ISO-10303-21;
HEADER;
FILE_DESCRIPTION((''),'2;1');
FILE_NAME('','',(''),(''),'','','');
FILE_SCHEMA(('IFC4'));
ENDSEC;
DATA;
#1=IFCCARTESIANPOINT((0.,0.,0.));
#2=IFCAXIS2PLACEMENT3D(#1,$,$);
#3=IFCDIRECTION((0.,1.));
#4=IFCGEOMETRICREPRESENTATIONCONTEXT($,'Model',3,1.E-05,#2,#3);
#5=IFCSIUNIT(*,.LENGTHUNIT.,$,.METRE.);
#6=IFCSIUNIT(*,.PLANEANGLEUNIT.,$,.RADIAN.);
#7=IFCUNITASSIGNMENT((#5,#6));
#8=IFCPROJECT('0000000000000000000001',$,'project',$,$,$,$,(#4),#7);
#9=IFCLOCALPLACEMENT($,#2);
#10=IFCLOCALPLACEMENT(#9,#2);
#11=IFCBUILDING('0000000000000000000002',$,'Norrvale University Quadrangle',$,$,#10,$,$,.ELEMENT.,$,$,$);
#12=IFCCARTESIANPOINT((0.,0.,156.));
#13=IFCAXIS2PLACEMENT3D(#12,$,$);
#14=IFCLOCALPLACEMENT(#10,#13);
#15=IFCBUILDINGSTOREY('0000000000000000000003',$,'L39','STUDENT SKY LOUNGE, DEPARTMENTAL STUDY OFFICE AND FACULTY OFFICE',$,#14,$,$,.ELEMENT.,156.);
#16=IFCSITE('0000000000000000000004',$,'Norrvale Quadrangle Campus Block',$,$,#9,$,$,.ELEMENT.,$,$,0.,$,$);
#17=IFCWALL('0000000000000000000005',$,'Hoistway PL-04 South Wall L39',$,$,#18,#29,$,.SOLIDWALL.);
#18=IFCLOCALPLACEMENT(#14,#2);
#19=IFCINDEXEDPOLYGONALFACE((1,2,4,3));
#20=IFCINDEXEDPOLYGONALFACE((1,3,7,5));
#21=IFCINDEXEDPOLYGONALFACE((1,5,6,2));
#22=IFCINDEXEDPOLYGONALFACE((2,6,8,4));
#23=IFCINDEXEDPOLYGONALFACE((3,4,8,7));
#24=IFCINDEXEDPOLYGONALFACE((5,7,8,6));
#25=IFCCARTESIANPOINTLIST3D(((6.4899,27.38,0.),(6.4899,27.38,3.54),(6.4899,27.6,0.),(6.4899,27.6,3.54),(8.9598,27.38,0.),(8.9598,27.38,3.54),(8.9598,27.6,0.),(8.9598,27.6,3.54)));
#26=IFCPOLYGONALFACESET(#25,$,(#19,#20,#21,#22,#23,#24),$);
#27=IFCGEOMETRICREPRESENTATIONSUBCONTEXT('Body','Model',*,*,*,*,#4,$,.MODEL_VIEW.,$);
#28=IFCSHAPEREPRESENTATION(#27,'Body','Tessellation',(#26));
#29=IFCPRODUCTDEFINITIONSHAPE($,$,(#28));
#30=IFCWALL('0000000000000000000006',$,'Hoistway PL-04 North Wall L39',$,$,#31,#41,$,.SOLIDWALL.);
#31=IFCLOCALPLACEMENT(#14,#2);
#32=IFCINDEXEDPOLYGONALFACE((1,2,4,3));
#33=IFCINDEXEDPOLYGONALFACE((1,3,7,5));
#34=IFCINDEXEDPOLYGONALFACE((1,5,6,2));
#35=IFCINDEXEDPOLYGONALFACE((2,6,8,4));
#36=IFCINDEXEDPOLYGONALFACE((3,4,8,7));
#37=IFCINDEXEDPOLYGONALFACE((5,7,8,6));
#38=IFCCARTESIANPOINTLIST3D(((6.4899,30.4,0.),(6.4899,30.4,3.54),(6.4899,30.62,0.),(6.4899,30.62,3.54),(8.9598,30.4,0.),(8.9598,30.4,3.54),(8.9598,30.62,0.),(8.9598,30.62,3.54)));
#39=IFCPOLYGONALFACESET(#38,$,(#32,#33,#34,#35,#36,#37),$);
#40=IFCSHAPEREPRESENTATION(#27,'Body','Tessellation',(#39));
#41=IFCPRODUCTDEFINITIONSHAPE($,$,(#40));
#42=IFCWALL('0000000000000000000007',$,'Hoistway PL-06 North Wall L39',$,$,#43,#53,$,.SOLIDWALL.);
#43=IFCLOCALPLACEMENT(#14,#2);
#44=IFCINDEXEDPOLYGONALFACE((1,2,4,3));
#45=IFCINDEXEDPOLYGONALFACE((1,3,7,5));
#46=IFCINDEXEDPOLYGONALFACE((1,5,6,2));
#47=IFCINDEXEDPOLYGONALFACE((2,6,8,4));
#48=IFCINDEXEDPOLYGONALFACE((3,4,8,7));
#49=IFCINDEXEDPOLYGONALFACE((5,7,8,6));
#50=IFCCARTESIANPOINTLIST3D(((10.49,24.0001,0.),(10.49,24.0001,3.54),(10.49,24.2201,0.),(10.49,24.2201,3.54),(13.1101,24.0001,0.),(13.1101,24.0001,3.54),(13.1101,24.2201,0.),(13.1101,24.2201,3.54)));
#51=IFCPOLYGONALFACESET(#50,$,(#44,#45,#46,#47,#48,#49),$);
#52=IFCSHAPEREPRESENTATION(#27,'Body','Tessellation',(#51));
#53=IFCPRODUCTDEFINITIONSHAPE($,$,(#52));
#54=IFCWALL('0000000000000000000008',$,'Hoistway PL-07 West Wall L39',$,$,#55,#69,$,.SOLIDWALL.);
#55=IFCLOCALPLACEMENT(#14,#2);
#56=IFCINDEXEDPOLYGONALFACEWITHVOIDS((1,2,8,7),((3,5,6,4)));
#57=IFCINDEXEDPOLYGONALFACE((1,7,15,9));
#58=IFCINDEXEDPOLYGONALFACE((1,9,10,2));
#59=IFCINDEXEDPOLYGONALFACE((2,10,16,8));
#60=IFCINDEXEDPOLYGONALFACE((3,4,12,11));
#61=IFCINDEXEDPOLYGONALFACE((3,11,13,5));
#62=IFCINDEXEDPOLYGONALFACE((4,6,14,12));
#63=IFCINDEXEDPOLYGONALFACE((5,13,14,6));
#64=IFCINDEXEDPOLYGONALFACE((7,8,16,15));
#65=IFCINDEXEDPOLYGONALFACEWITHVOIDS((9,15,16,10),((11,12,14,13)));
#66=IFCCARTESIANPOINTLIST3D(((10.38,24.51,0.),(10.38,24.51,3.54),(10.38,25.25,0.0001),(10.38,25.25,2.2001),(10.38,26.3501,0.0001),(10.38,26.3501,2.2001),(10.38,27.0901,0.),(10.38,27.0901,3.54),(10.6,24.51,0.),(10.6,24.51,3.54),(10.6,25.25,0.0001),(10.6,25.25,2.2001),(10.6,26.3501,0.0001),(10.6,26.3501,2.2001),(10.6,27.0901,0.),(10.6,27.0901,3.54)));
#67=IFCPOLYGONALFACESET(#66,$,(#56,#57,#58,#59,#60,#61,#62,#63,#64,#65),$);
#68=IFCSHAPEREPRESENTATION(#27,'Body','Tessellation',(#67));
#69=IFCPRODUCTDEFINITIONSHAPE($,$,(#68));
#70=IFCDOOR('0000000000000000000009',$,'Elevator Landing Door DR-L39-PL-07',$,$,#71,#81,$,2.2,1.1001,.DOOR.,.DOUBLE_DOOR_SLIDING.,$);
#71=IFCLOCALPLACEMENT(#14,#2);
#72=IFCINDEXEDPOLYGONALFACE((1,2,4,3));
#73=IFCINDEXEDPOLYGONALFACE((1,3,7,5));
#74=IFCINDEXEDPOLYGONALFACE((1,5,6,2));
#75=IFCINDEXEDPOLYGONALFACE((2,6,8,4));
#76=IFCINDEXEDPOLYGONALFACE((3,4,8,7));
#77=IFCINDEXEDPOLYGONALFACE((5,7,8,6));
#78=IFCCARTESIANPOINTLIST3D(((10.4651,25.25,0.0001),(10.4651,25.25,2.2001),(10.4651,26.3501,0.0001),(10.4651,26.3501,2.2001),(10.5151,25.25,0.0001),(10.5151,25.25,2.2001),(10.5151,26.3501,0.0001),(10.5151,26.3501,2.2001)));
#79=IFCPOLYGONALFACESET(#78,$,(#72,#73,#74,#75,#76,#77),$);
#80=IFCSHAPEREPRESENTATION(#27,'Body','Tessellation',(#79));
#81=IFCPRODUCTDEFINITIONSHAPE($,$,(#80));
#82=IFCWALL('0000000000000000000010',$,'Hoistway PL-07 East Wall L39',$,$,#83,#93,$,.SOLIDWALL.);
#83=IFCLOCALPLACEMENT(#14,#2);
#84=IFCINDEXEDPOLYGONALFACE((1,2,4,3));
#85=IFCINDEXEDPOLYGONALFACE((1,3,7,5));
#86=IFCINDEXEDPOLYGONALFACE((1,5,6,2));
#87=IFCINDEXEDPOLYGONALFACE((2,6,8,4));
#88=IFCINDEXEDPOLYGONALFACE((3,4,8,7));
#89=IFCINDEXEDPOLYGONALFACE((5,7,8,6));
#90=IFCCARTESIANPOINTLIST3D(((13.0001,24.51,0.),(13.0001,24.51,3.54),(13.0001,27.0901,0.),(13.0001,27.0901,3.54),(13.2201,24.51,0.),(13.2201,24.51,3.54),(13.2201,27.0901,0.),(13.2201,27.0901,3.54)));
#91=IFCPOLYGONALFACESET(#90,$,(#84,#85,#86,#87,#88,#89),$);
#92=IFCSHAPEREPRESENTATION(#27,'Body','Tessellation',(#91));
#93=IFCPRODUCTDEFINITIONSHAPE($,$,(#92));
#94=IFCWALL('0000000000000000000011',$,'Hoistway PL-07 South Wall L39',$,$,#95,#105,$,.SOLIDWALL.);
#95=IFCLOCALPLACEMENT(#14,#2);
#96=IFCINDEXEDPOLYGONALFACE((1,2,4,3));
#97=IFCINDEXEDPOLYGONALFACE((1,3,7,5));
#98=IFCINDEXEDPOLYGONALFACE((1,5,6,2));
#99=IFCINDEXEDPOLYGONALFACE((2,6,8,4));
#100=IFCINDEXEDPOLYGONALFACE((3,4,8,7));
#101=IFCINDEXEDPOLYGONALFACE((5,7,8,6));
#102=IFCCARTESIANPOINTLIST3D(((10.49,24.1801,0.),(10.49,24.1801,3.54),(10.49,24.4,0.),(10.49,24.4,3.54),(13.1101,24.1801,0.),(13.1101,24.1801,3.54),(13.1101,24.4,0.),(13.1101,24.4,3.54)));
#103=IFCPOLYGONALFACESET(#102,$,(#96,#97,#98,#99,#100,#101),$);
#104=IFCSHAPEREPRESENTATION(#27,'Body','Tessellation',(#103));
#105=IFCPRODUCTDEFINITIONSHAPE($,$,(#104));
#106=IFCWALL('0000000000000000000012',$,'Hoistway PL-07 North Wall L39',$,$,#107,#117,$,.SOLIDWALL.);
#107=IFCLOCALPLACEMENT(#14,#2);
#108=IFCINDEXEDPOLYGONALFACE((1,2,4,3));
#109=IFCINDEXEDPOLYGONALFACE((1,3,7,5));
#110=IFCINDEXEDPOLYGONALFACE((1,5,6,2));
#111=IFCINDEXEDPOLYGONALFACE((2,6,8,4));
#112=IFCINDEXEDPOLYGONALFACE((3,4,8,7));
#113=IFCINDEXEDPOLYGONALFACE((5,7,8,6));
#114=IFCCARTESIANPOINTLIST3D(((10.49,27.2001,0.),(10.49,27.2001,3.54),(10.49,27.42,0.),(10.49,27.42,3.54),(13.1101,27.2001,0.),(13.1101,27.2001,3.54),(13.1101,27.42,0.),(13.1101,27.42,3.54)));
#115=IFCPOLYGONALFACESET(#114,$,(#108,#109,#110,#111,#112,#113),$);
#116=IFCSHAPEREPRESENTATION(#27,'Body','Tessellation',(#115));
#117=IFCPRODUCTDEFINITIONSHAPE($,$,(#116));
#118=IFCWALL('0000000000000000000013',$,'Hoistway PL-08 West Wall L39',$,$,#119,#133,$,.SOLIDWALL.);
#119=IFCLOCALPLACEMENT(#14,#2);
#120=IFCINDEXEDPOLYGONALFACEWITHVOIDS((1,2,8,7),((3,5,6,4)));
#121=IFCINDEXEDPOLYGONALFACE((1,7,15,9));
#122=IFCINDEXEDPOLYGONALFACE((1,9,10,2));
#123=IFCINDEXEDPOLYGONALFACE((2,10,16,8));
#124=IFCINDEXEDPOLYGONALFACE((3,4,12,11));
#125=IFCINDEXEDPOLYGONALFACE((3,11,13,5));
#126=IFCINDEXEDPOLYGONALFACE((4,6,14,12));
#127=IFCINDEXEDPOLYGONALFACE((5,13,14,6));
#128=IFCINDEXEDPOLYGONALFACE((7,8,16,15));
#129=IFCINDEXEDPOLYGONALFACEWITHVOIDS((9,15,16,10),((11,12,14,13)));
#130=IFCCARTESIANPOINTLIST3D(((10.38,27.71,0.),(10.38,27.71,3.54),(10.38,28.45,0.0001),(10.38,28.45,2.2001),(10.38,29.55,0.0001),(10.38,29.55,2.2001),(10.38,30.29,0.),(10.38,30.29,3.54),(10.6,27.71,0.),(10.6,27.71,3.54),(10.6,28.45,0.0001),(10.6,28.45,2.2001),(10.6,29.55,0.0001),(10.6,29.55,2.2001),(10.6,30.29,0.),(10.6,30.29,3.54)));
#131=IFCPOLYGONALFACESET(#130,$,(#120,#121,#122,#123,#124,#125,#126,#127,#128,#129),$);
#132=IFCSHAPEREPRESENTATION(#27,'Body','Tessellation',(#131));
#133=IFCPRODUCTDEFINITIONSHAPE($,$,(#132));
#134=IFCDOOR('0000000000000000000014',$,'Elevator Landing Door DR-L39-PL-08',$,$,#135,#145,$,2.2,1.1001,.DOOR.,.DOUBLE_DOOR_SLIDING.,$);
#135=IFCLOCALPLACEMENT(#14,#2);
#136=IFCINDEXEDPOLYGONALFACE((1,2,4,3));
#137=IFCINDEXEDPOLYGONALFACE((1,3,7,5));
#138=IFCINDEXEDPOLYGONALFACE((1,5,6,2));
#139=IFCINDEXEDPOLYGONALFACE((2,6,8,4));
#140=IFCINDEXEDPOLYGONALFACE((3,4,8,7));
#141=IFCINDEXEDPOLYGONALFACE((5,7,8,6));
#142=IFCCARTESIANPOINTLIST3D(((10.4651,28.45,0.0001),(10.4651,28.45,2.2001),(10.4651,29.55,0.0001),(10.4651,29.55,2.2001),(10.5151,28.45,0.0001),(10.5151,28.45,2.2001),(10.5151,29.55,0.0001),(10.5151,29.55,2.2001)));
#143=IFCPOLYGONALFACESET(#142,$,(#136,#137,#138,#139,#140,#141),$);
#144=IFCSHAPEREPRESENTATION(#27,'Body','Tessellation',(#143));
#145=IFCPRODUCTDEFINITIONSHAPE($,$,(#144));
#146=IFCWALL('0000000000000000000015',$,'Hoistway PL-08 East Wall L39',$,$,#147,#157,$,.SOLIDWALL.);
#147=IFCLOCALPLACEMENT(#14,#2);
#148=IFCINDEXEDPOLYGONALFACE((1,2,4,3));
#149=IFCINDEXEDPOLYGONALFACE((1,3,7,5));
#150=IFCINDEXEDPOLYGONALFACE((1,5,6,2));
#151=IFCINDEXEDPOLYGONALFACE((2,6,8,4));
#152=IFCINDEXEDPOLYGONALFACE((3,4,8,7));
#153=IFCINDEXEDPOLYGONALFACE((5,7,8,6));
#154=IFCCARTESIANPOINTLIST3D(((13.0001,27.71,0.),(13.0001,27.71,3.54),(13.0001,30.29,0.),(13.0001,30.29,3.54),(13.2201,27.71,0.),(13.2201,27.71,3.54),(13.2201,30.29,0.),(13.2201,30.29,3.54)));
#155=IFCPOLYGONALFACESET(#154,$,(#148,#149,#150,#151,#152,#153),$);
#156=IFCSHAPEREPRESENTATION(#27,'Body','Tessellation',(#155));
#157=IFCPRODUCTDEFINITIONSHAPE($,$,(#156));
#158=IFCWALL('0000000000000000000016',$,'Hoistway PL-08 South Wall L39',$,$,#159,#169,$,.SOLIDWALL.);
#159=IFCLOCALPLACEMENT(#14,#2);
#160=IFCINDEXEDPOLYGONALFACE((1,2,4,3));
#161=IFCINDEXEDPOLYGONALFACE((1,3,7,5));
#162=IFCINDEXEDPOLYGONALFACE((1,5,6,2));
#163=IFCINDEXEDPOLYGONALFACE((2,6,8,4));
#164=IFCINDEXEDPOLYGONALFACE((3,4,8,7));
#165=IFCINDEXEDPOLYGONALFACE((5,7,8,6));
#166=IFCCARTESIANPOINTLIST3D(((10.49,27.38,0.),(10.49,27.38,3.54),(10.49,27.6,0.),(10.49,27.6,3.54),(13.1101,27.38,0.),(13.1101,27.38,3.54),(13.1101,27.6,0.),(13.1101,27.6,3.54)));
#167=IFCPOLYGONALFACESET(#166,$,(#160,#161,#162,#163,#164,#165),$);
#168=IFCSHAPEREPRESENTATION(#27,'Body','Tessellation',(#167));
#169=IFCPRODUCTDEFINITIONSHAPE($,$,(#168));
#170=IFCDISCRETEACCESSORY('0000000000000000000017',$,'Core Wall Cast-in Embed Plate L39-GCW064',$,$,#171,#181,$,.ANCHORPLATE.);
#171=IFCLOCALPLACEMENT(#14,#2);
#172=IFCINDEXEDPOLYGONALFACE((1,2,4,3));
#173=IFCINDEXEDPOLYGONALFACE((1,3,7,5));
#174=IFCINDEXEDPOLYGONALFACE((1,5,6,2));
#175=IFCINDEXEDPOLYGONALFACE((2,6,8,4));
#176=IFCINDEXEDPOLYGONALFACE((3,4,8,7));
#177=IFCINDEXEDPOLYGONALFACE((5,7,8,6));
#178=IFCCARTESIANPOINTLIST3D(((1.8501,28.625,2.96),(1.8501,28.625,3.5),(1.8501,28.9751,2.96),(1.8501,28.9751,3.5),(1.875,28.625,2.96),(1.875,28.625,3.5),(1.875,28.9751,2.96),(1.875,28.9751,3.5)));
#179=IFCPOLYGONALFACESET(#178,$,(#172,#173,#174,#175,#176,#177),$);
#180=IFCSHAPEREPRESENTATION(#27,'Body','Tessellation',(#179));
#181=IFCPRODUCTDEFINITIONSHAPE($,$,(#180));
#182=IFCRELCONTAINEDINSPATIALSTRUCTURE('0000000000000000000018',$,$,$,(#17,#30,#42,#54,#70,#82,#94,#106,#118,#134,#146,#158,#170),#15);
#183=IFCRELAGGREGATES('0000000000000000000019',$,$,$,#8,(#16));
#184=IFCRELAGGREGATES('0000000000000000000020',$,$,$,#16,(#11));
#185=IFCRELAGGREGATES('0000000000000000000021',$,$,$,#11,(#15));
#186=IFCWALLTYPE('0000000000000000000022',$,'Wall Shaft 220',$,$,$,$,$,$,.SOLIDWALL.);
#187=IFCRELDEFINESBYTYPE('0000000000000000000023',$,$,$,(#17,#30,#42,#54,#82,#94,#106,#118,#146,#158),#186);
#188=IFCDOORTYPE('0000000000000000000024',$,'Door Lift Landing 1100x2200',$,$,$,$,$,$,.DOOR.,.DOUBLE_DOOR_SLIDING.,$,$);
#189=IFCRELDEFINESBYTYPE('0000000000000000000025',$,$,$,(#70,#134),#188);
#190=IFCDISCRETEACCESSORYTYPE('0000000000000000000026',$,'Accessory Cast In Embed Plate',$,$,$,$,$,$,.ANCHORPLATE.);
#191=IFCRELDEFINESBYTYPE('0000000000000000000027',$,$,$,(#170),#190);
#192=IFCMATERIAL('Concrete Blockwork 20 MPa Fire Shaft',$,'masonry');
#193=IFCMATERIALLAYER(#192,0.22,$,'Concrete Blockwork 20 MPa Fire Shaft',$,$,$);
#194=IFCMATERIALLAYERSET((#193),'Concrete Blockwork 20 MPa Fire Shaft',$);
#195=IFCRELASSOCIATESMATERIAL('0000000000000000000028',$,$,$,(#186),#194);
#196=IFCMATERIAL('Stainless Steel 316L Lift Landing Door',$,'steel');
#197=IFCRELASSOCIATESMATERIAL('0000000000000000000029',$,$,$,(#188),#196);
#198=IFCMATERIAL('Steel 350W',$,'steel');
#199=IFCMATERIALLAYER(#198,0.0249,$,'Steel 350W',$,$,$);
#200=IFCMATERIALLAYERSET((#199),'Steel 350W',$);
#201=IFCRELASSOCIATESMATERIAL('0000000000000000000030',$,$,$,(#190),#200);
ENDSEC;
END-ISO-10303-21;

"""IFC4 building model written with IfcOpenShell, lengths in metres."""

from ifc_helpers import new_model, si_unit, direction, frame, frame_2d, origin, origin_2d, place, context, subcontext, project, spatial, rectangle, extrude, material, layer, layer_set, type_object, element, fill, save


model = new_model("IFC4")

# Units and contexts
model_context = context("Model", 3, precision=1e-05, world=origin(), true_north=direction((0.0, 1.0)))
body_context = subcontext(model_context, "Body", "Model", "MODEL_VIEW")
ifc_project = project(units=[si_unit("LENGTHUNIT", "METRE"), si_unit("PLANEANGLEUNIT", "RADIAN")], contexts=[model_context])

# Site, building, storey
site_placement = place(None, origin())
site = spatial("IfcSite", under=ifc_project, at=site_placement, Name="Norrvale Quadrangle Campus Block", CompositionType="ELEMENT", RefElevation=0.0)
building_placement = place(site_placement, origin())
building = spatial("IfcBuilding", under=site, at=building_placement, Name="Norrvale University Quadrangle", CompositionType="ELEMENT")
storey_placement = place(building_placement, frame((0.0, 0.0, 156.0)))
storey = spatial("IfcBuildingStorey", under=building, at=storey_placement, Name="L39", Description="STUDENT SKY LOUNGE, DEPARTMENTAL STUDY OFFICE AND FACULTY OFFICE", CompositionType="ELEMENT", Elevation=156.0)

# Shared definitions
ifc_material_1 = material(Name="Steel 350W", Category="steel")

# Walls
ifc_material_2 = material(Name="Concrete Blockwork 20 MPa Fire Shaft", Category="masonry")
ifc_layer_1 = layer(ifc_material_2, 0.22, Name="Concrete Blockwork 20 MPa Fire Shaft")
ifc_layer_set_1 = layer_set([ifc_layer_1], Name="Concrete Blockwork 20 MPa Fire Shaft")
wall_type = type_object("IfcWallType", Name="Wall Shaft 220", PredefinedType="SOLIDWALL", material=ifc_layer_set_1)
for number, where, z_axis, x_axis, name in (
    (1, (6.49, 27.49, 0.0), (0.0, 0.0, 1.0), (1.0, 0.0, 0.0), "Hoistway PL-04 South Wall L39"),
    (2, (6.49, 30.51, 0.0), (0.0, 0.0, 1.0), (1.0, 0.0, 0.0), "Hoistway PL-04 North Wall L39"),
):
    element("IfcWall", number, at=place(storey_placement, frame(where, z_axis=z_axis, x_axis=x_axis)), inside=storey, type_object=wall_type, Name=name, PredefinedType="SOLIDWALL", context=body_context, shape_type="SweptSolid", body=[
        extrude(rectangle(XDim=2.47, YDim=0.22, at=frame_2d((1.2349, 0.0))), origin(), (0.0, 0.0, 1.0), 3.54),
    ])
wall_1_placement = place(storey_placement, frame((10.49, 24.1101, 0.0), z_axis=(0.0, 0.0, 1.0), x_axis=(1.0, 0.0, 0.0)))
element("IfcWall", 3, at=wall_1_placement, inside=storey, type_object=wall_type, Name="Hoistway PL-06 North Wall L39", PredefinedType="SOLIDWALL", context=body_context, shape_type="SweptSolid", body=[
    extrude(rectangle(XDim=2.6201, YDim=0.22, at=frame_2d((1.3101, 0.0))), origin(), (0.0, 0.0, 1.0), 3.54),
])

# Wall, opening, door
wall_2_placement = place(storey_placement, frame((10.49, 24.51, 0.0), z_axis=(0.0, 0.0, 1.0), x_axis=(0.0, 1.0, 0.0)))
wall_2 = element("IfcWall", 4, at=wall_2_placement, inside=storey, type_object=wall_type, Name="Hoistway PL-07 West Wall L39", PredefinedType="SOLIDWALL", context=body_context, shape_type="SweptSolid", body=[
    extrude(rectangle(XDim=2.5801, YDim=0.22, at=frame_2d((1.29, 0.0))), origin(), (0.0, 0.0, 1.0), 3.54),
])
opening_1_placement = place(wall_2_placement, frame((0.74, 0.0, 0.0)))
opening_1 = element("IfcOpeningElement", 5, at=opening_1_placement, cuts=wall_2, PredefinedType="OPENING", context=body_context, shape_type="SweptSolid", body=[
    extrude(rectangle(XDim=1.1001, YDim=2.2, at=frame_2d((0.55, 1.1001))), frame((0.0, 0.1221, 0.0), z_axis=(0.0, -1.0, 0.0), x_axis=(1.0, 0.0, 0.0)), (0.0, 0.0, 1.0), 0.2439),
])
ifc_material_3 = material(Name="Stainless Steel 316L Lift Landing Door", Category="steel")
door_type = type_object("IfcDoorType", Name="Door Lift Landing 1100x2200", OperationType="DOUBLE_DOOR_SLIDING", PredefinedType="DOOR", material=ifc_material_3)
door_1_placement = place(opening_1_placement, origin())
door_1 = element("IfcDoor", 6, at=door_1_placement, inside=storey, type_object=door_type, Name="Elevator Landing Door DR-L39-PL-07", OperationType="DOUBLE_DOOR_SLIDING", OverallHeight=2.2, OverallWidth=1.1001, PredefinedType="DOOR", context=body_context, shape_type="SweptSolid", body=[
    extrude(rectangle(XDim=1.1001, YDim=2.2, at=frame_2d((0.55, 1.1001))), frame((0.0, 0.0249, 0.0), z_axis=(0.0, -1.0, 0.0), x_axis=(1.0, 0.0, 0.0)), (0.0, 0.0, 1.0), 0.05),
])
fill(opening_1, door_1)

# Walls
wall_3_placement = place(storey_placement, frame((13.1101, 24.51, 0.0), z_axis=(0.0, 0.0, 1.0), x_axis=(0.0, 1.0, 0.0)))
element("IfcWall", 7, at=wall_3_placement, inside=storey, type_object=wall_type, Name="Hoistway PL-07 East Wall L39", PredefinedType="SOLIDWALL", context=body_context, shape_type="SweptSolid", body=[
    extrude(rectangle(XDim=2.5801, YDim=0.22, at=frame_2d((1.29, 0.0))), origin(), (0.0, 0.0, 1.0), 3.54),
])
for number, where, z_axis, x_axis, name in (
    (8, (10.49, 24.29, 0.0), (0.0, 0.0, 1.0), (1.0, 0.0, 0.0), "Hoistway PL-07 South Wall L39"),
    (9, (10.49, 27.3101, 0.0), (0.0, 0.0, 1.0), (1.0, 0.0, 0.0), "Hoistway PL-07 North Wall L39"),
):
    element("IfcWall", number, at=place(storey_placement, frame(where, z_axis=z_axis, x_axis=x_axis)), inside=storey, type_object=wall_type, Name=name, PredefinedType="SOLIDWALL", context=body_context, shape_type="SweptSolid", body=[
        extrude(rectangle(XDim=2.6201, YDim=0.22, at=frame_2d((1.3101, 0.0))), origin(), (0.0, 0.0, 1.0), 3.54),
    ])

# Wall, opening, door
wall_4_placement = place(storey_placement, frame((10.49, 27.71, 0.0), z_axis=(0.0, 0.0, 1.0), x_axis=(0.0, 1.0, 0.0)))
wall_4 = element("IfcWall", 10, at=wall_4_placement, inside=storey, type_object=wall_type, Name="Hoistway PL-08 West Wall L39", PredefinedType="SOLIDWALL", context=body_context, shape_type="SweptSolid", body=[
    extrude(rectangle(XDim=2.5801, YDim=0.22, at=frame_2d((1.29, 0.0))), origin(), (0.0, 0.0, 1.0), 3.54),
])
opening_2_placement = place(wall_4_placement, frame((0.74, 0.0, 0.0)))
opening_2 = element("IfcOpeningElement", 11, at=opening_2_placement, cuts=wall_4, PredefinedType="OPENING", context=body_context, shape_type="SweptSolid", body=[
    extrude(rectangle(XDim=1.1001, YDim=2.2, at=frame_2d((0.55, 1.1001))), frame((0.0, 0.1221, 0.0), z_axis=(0.0, -1.0, 0.0), x_axis=(1.0, 0.0, 0.0)), (0.0, 0.0, 1.0), 0.2439),
])
door_2_placement = place(opening_2_placement, origin())
door_2 = element("IfcDoor", 12, at=door_2_placement, inside=storey, type_object=door_type, Name="Elevator Landing Door DR-L39-PL-08", OperationType="DOUBLE_DOOR_SLIDING", OverallHeight=2.2, OverallWidth=1.1001, PredefinedType="DOOR", context=body_context, shape_type="SweptSolid", body=[
    extrude(rectangle(XDim=1.1001, YDim=2.2, at=frame_2d((0.55, 1.1001))), frame((0.0, 0.0249, 0.0), z_axis=(0.0, -1.0, 0.0), x_axis=(1.0, 0.0, 0.0)), (0.0, 0.0, 1.0), 0.05),
])
fill(opening_2, door_2)

# Walls
wall_5_placement = place(storey_placement, frame((13.1101, 27.71, 0.0), z_axis=(0.0, 0.0, 1.0), x_axis=(0.0, 1.0, 0.0)))
element("IfcWall", 13, at=wall_5_placement, inside=storey, type_object=wall_type, Name="Hoistway PL-08 East Wall L39", PredefinedType="SOLIDWALL", context=body_context, shape_type="SweptSolid", body=[
    extrude(rectangle(XDim=2.5801, YDim=0.22, at=frame_2d((1.29, 0.0))), origin(), (0.0, 0.0, 1.0), 3.54),
])
wall_6_placement = place(storey_placement, frame((10.49, 27.49, 0.0), z_axis=(0.0, 0.0, 1.0), x_axis=(1.0, 0.0, 0.0)))
element("IfcWall", 14, at=wall_6_placement, inside=storey, type_object=wall_type, Name="Hoistway PL-08 South Wall L39", PredefinedType="SOLIDWALL", context=body_context, shape_type="SweptSolid", body=[
    extrude(rectangle(XDim=2.6201, YDim=0.22, at=frame_2d((1.3101, 0.0))), origin(), (0.0, 0.0, 1.0), 3.54),
])

# Discrete accessory
ifc_layer_2 = layer(ifc_material_1, 0.0249, Name="Steel 350W")
ifc_layer_set_2 = layer_set([ifc_layer_2], Name="Steel 350W")
discrete_accessory_type = type_object("IfcDiscreteAccessoryType", Name="Accessory Cast In Embed Plate", PredefinedType="ANCHORPLATE", material=ifc_layer_set_2)
discrete_accessory_placement = place(storey_placement, frame((1.8625, 28.8, 2.96), z_axis=(0.0, 0.0, 1.0), x_axis=(1.0, 0.0, 0.0)))
element("IfcDiscreteAccessory", 15, at=discrete_accessory_placement, inside=storey, type_object=discrete_accessory_type, Name="Core Wall Cast-in Embed Plate L39-GCW064", PredefinedType="ANCHORPLATE", context=body_context, shape_type="SweptSolid", body=[
    extrude(rectangle(XDim=0.0249, YDim=0.3501, at=origin_2d()), origin(), (0.0, 0.0, 1.0), 0.54),
])

save(model, "model.ifc")
